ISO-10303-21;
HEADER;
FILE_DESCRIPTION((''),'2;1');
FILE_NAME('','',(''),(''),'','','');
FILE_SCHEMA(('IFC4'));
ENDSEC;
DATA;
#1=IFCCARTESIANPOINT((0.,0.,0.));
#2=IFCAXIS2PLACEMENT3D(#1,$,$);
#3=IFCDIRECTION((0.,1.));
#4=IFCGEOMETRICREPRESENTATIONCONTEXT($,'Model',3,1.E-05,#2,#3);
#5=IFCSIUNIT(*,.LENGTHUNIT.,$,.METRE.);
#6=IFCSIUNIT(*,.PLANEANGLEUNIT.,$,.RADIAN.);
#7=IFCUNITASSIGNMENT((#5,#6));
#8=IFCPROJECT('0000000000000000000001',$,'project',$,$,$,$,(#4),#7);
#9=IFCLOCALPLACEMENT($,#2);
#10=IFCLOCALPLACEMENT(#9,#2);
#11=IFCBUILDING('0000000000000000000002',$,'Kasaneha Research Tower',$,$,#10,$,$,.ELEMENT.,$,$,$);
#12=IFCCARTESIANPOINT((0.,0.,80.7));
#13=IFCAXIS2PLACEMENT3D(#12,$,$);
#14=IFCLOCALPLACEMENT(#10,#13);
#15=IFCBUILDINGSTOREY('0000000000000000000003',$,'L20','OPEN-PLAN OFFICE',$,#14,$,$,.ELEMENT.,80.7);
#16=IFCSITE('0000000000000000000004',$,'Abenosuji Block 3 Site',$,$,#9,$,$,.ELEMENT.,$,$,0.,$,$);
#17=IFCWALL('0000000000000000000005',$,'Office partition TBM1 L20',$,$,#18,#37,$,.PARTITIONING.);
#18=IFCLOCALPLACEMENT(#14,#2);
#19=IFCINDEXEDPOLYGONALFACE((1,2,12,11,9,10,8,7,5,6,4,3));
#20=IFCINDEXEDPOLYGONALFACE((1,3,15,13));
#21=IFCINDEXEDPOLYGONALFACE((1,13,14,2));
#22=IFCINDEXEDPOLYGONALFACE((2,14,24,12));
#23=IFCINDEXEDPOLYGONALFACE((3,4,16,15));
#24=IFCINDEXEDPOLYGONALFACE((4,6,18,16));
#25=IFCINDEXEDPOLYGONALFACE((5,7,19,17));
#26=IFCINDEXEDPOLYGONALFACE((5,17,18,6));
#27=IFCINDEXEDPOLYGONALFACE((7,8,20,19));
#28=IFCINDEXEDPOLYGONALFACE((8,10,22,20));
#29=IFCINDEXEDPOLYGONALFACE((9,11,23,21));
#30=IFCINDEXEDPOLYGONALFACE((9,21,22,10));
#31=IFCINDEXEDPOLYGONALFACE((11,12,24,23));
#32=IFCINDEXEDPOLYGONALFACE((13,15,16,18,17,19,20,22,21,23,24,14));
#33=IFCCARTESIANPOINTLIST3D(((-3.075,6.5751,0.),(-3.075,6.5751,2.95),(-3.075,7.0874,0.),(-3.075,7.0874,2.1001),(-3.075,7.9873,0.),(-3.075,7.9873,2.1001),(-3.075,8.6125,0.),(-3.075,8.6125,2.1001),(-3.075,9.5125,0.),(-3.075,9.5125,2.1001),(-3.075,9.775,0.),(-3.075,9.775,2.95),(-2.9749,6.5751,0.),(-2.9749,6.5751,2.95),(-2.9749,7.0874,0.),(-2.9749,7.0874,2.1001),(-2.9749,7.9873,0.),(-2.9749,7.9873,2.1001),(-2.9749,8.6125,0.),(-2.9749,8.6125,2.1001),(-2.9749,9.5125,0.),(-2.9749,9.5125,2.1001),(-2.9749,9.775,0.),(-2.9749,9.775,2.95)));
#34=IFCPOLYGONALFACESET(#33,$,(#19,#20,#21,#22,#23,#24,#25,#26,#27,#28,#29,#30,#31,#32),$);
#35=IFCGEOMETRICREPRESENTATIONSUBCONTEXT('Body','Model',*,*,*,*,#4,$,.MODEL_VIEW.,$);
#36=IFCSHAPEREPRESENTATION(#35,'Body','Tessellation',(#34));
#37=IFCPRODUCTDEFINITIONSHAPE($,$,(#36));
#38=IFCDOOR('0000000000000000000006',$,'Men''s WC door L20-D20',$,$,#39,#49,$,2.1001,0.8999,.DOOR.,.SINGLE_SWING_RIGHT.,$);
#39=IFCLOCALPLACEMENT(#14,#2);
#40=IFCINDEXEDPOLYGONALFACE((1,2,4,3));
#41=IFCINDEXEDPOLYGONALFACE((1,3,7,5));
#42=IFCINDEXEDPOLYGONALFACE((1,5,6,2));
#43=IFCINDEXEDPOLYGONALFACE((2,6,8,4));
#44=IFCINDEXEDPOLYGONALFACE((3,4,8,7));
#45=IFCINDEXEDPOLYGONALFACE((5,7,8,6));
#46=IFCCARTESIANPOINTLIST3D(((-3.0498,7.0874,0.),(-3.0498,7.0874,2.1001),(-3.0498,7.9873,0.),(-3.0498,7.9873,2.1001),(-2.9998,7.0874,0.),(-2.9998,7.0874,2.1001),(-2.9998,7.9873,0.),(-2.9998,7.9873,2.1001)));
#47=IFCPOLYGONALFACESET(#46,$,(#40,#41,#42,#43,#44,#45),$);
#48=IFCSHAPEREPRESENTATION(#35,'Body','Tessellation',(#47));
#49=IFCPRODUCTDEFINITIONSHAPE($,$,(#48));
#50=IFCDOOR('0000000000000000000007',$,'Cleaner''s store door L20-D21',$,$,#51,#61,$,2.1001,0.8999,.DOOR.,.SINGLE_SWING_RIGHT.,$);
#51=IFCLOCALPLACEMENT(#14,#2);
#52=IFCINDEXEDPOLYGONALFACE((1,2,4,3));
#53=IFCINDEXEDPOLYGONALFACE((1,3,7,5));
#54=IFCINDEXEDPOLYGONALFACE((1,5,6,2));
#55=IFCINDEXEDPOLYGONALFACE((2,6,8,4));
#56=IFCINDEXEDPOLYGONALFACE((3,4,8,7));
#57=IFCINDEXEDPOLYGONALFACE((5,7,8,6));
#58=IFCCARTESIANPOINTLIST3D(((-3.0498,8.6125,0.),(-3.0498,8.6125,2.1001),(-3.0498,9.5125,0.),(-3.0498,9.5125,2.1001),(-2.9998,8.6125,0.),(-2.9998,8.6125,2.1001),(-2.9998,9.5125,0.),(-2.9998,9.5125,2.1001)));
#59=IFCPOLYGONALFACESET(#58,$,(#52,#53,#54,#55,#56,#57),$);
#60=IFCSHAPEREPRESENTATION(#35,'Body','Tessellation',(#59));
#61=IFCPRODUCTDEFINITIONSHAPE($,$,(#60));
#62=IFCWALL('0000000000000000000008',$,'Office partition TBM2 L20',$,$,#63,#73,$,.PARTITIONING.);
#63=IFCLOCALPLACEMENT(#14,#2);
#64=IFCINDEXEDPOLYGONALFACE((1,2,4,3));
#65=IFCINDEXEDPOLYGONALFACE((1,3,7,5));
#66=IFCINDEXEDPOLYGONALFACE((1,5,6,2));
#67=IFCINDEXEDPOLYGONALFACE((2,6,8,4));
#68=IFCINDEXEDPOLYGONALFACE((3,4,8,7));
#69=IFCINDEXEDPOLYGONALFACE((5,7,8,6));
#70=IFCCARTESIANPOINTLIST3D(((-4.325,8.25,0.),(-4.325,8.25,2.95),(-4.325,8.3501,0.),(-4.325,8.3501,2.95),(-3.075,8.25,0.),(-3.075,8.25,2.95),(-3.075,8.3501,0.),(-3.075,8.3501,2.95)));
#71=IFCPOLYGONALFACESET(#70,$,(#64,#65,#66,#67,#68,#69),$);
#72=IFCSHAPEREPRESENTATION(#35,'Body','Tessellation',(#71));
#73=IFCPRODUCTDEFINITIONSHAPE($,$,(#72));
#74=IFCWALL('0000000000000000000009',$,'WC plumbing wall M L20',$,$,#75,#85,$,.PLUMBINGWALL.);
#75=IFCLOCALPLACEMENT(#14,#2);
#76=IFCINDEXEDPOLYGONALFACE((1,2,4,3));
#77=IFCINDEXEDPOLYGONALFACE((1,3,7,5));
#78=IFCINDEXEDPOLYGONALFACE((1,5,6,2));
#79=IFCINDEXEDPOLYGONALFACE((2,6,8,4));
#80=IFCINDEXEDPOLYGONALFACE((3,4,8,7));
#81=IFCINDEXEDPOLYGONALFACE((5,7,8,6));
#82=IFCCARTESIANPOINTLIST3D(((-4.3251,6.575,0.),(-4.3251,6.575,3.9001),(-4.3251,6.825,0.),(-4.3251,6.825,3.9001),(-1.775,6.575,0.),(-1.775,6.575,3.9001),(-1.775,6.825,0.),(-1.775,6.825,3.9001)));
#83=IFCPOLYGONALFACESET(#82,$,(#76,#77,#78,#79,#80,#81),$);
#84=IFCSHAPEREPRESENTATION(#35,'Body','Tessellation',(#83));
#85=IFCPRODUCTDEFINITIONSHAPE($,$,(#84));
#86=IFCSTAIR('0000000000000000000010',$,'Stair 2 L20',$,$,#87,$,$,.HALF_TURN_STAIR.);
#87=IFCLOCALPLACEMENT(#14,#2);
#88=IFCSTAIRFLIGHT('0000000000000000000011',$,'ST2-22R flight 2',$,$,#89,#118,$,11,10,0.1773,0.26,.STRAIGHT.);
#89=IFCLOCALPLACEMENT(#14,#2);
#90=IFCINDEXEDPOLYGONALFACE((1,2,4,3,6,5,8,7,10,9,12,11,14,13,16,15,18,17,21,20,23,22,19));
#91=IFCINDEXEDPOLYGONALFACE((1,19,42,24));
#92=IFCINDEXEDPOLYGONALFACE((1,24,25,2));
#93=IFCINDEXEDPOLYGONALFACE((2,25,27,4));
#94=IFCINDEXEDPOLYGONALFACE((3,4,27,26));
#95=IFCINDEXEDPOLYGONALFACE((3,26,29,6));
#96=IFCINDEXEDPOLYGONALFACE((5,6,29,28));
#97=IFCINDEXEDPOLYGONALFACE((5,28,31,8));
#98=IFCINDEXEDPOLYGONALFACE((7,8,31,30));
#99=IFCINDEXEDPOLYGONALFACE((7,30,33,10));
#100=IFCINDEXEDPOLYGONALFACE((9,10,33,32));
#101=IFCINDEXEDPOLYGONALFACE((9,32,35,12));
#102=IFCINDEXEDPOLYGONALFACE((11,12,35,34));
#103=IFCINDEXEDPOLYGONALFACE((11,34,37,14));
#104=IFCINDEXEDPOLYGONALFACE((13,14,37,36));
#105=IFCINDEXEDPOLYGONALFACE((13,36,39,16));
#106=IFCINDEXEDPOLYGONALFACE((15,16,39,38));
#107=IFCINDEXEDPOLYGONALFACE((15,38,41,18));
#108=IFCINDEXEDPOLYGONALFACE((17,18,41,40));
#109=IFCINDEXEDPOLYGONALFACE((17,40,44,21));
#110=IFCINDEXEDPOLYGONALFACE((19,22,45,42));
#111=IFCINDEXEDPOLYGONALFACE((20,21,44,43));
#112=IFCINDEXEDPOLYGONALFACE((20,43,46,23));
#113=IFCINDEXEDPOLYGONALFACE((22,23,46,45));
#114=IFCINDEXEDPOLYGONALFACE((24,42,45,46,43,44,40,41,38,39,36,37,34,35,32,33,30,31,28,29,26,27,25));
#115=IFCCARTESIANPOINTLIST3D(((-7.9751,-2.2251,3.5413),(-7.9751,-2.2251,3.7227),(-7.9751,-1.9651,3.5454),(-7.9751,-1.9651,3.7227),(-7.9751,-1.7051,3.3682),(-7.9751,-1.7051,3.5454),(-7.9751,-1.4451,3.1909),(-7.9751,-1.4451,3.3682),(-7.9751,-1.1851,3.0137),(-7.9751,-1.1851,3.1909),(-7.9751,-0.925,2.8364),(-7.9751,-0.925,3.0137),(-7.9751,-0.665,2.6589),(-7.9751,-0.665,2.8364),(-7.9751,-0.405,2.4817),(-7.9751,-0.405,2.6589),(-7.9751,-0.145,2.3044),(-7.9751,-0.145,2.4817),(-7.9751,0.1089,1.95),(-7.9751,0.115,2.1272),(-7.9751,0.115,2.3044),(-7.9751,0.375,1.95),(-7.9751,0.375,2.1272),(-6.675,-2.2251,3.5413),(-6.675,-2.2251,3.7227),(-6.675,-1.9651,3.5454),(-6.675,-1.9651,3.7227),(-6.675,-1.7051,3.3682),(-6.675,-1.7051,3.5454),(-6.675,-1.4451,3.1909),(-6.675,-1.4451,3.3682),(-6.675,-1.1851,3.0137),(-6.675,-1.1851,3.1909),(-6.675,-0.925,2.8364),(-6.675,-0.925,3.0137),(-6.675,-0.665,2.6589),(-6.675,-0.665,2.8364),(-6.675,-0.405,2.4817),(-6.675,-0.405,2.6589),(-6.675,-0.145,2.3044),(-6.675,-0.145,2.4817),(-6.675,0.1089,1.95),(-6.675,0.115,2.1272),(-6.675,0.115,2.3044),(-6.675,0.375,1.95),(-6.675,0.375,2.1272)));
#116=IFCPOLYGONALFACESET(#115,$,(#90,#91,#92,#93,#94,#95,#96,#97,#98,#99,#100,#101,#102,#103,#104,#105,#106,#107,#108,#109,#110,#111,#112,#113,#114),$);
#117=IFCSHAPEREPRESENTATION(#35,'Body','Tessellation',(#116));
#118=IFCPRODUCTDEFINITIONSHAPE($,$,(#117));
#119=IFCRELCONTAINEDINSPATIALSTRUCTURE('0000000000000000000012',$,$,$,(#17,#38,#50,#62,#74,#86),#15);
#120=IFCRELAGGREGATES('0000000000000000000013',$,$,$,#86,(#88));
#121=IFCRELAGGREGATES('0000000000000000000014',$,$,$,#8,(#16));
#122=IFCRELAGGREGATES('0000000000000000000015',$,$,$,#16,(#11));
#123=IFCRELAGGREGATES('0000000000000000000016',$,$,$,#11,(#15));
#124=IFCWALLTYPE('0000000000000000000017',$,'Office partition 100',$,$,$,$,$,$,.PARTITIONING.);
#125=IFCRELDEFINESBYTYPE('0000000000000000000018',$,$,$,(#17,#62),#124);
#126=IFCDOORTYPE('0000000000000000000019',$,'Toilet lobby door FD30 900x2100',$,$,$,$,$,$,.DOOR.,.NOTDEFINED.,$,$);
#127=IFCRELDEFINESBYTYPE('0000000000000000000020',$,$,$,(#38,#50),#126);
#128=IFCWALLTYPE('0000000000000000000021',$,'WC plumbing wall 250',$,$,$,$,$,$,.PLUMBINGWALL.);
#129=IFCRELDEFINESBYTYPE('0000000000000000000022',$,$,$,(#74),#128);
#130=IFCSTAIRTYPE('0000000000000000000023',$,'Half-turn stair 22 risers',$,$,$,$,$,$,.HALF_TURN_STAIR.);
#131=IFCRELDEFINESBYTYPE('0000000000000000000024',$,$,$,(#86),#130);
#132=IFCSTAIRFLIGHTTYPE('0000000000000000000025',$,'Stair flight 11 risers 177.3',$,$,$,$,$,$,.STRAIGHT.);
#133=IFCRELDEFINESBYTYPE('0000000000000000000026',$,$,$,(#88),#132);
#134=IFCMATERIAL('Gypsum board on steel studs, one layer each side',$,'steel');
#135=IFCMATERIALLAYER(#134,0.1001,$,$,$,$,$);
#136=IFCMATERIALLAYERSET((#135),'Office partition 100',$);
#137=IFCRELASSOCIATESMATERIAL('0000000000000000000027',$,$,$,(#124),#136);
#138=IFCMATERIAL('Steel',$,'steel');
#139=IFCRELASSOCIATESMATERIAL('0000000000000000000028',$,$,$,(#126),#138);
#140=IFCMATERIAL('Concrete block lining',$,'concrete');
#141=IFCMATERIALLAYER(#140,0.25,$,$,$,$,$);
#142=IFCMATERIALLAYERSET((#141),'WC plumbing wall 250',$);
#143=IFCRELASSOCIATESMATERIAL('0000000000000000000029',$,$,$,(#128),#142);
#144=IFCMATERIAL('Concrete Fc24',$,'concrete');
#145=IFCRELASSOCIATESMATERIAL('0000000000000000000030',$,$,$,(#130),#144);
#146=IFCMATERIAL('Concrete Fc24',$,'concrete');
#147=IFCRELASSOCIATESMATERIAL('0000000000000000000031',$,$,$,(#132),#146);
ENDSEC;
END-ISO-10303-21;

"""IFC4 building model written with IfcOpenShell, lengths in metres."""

from ifc_helpers import new_model, si_unit, direction, frame, frame_2d, origin, place, context, subcontext, project, spatial, polyline, rectangle, outline, extrude, material, layer, layer_set, type_object, element, fill, aggregate, save


model = new_model("IFC4")

# Units and contexts
model_context = context("Model", 3, precision=1e-05, world=origin(), true_north=direction((0.0, 1.0)))
body_context = subcontext(model_context, "Body", "Model", "MODEL_VIEW")
ifc_project = project(units=[si_unit("LENGTHUNIT", "METRE"), si_unit("PLANEANGLEUNIT", "RADIAN")], contexts=[model_context])

# Site, building, storey
site_placement = place(None, origin())
site = spatial("IfcSite", under=ifc_project, at=site_placement, Name="Abenosuji Block 3 Site", CompositionType="ELEMENT", RefElevation=0.0)
building_placement = place(site_placement, origin())
building = spatial("IfcBuilding", under=site, at=building_placement, Name="Kasaneha Research Tower", CompositionType="ELEMENT")
storey_placement = place(building_placement, frame((0.0, 0.0, 80.7)))
storey = spatial("IfcBuildingStorey", under=building, at=storey_placement, Name="L20", Description="OPEN-PLAN OFFICE", CompositionType="ELEMENT", Elevation=80.7)

# Wall, openings, doors
ifc_material_1 = material(Name="Gypsum board on steel studs, one layer each side", Category="steel")
ifc_layer_1 = layer(ifc_material_1, 0.1001)
ifc_layer_set_1 = layer_set([ifc_layer_1], Name="Office partition 100")
wall_type_1 = type_object("IfcWallType", Name="Office partition 100", PredefinedType="PARTITIONING", material=ifc_layer_set_1)
wall_1_placement = place(storey_placement, frame((-3.0249, 6.575, 0.0), z_axis=(0.0, 0.0, 1.0), x_axis=(0.0, 1.0, 0.0)))
wall_1 = element("IfcWall", 1, at=wall_1_placement, inside=storey, type_object=wall_type_1, Name="Office partition TBM1 L20", PredefinedType="PARTITIONING", context=body_context, shape_type="SweptSolid", body=[
    extrude(rectangle(XDim=3.2, YDim=0.1001, at=frame_2d((1.6001, 0.0))), origin(), (0.0, 0.0, 1.0), 2.95),
])
opening_1_placement = place(wall_1_placement, frame((0.5125, 0.0, 0.0)))
opening_1 = element("IfcOpeningElement", 2, at=opening_1_placement, cuts=wall_1, PredefinedType="OPENING", context=body_context, shape_type="SweptSolid", body=[
    extrude(rectangle(XDim=0.8999, YDim=2.1001, at=frame_2d((0.45, 1.05))), frame((0.0, 0.0601, 0.0), z_axis=(0.0, -1.0, 0.0), x_axis=(1.0, 0.0, 0.0)), (0.0, 0.0, 1.0), 0.1201),
])
opening_2_placement = place(wall_1_placement, frame((2.0376, 0.0, 0.0)))
opening_2 = element("IfcOpeningElement", 3, at=opening_2_placement, cuts=wall_1, PredefinedType="OPENING", context=body_context, shape_type="SweptSolid", body=[
    extrude(rectangle(XDim=0.8999, YDim=2.1001, at=frame_2d((0.45, 1.05))), frame((0.0, 0.0601, 0.0), z_axis=(0.0, -1.0, 0.0), x_axis=(1.0, 0.0, 0.0)), (0.0, 0.0, 1.0), 0.1201),
])
ifc_material_2 = material(Name="Steel", Category="steel")
door_type_1 = type_object("IfcDoorType", Name="Toilet lobby door FD30 900x2100", OperationType="NOTDEFINED", PredefinedType="DOOR", material=ifc_material_2)
door_1_placement = place(opening_1_placement, origin())
door_1 = element("IfcDoor", 4, at=door_1_placement, inside=storey, type_object=door_type_1, Name="Men's WC door L20-D20", OperationType="SINGLE_SWING_RIGHT", OverallHeight=2.1001, OverallWidth=0.8999, PredefinedType="DOOR", context=body_context, shape_type="SweptSolid", body=[
    extrude(rectangle(XDim=0.8999, YDim=2.1001, at=frame_2d((0.45, 1.05))), frame((0.0, 0.0249, 0.0), z_axis=(0.0, -1.0, 0.0), x_axis=(1.0, 0.0, 0.0)), (0.0, 0.0, 1.0), 0.05),
])
fill(opening_1, door_1)
door_2_placement = place(opening_2_placement, origin())
door_2 = element("IfcDoor", 5, at=door_2_placement, inside=storey, type_object=door_type_1, Name="Cleaner's store door L20-D21", OperationType="SINGLE_SWING_RIGHT", OverallHeight=2.1001, OverallWidth=0.8999, PredefinedType="DOOR", context=body_context, shape_type="SweptSolid", body=[
    extrude(rectangle(XDim=0.8999, YDim=2.1001, at=frame_2d((0.45, 1.05))), frame((0.0, 0.0249, 0.0), z_axis=(0.0, -1.0, 0.0), x_axis=(1.0, 0.0, 0.0)), (0.0, 0.0, 1.0), 0.05),
])
fill(opening_2, door_2)

# Walls
wall_2_placement = place(storey_placement, frame((-3.075, 8.3, 0.0), z_axis=(0.0, 0.0, 1.0), x_axis=(-1.0, 0.0, 0.0)))
element("IfcWall", 6, at=wall_2_placement, inside=storey, type_object=wall_type_1, Name="Office partition TBM2 L20", PredefinedType="PARTITIONING", context=body_context, shape_type="SweptSolid", body=[
    extrude(rectangle(XDim=1.25, YDim=0.1001, at=frame_2d((0.625, 0.0))), origin(), (0.0, 0.0, 1.0), 2.95),
])
ifc_material_3 = material(Name="Concrete block lining", Category="concrete")
ifc_layer_2 = layer(ifc_material_3, 0.25)
ifc_layer_set_2 = layer_set([ifc_layer_2], Name="WC plumbing wall 250")
wall_type_2 = type_object("IfcWallType", Name="WC plumbing wall 250", PredefinedType="PLUMBINGWALL", material=ifc_layer_set_2)
wall_3_placement = place(storey_placement, frame((-4.325, 6.7, 0.0), z_axis=(0.0, 0.0, 1.0), x_axis=(1.0, 0.0, 0.0)))
element("IfcWall", 7, at=wall_3_placement, inside=storey, type_object=wall_type_2, Name="WC plumbing wall M L20", PredefinedType="PLUMBINGWALL", context=body_context, shape_type="SweptSolid", body=[
    extrude(rectangle(XDim=2.55, YDim=0.25, at=frame_2d((1.2749, 0.0))), origin(), (0.0, 0.0, 1.0), 3.9001),
])

# Stair, stair flight
ifc_material_4 = material(Name="Concrete Fc24", Category="concrete")
stair_type = type_object("IfcStairType", Name="Half-turn stair 22 risers", PredefinedType="HALF_TURN_STAIR", material=ifc_material_4)
stair_placement = place(storey_placement, origin())
stair = element("IfcStair", 8, at=stair_placement, inside=storey, type_object=stair_type, Name="Stair 2 L20", PredefinedType="HALF_TURN_STAIR")
ifc_material_5 = material(Name="Concrete Fc24", Category="concrete")
stair_flight_type = type_object("IfcStairFlightType", Name="Stair flight 11 risers 177.3", PredefinedType="STRAIGHT", material=ifc_material_5)
stair_flight_placement = place(storey_placement, frame((-7.325, 0.375, 1.95), z_axis=(0.0, 0.0, 1.0), x_axis=(0.0, -1.0, 0.0)))
stair_flight = element("IfcStairFlight", 9, at=stair_flight_placement, type_object=stair_flight_type, Name="ST2-22R flight 2", NumberOfRisers=11, NumberOfTreads=10, PredefinedType="STRAIGHT", RiserHeight=0.1773, TreadLength=0.26, context=body_context, shape_type="SweptSolid", body=[
    extrude(outline(polyline([(0.0, 0.0), (0.0, 0.1772), (0.26, 0.1772), (0.26, 0.3545), (0.52, 0.3545), (0.52, 0.5317), (0.78, 0.5317), (0.78, 0.709), (1.04, 0.709), (1.04, 0.8865), (1.3, 0.8865), (1.3, 1.0637), (1.5601, 1.0637), (1.5601, 1.241), (1.8201, 1.241), (1.8201, 1.4182), (2.0801, 1.4182), (2.0801, 1.5955), (2.3401, 1.5955), (2.3401, 1.7727), (2.6001, 1.7727), (2.6001, 1.95), (2.6001, 1.5913), (0.2661, 0.0), (0.0, 0.0)])), frame((0.0, 0.6499, 0.0), z_axis=(0.0, -1.0, 0.0), x_axis=(1.0, 0.0, 0.0)), (0.0, 0.0, 1.0), 1.3),
])
aggregate(stair, [stair_flight])

save(model, "model.ifc")
